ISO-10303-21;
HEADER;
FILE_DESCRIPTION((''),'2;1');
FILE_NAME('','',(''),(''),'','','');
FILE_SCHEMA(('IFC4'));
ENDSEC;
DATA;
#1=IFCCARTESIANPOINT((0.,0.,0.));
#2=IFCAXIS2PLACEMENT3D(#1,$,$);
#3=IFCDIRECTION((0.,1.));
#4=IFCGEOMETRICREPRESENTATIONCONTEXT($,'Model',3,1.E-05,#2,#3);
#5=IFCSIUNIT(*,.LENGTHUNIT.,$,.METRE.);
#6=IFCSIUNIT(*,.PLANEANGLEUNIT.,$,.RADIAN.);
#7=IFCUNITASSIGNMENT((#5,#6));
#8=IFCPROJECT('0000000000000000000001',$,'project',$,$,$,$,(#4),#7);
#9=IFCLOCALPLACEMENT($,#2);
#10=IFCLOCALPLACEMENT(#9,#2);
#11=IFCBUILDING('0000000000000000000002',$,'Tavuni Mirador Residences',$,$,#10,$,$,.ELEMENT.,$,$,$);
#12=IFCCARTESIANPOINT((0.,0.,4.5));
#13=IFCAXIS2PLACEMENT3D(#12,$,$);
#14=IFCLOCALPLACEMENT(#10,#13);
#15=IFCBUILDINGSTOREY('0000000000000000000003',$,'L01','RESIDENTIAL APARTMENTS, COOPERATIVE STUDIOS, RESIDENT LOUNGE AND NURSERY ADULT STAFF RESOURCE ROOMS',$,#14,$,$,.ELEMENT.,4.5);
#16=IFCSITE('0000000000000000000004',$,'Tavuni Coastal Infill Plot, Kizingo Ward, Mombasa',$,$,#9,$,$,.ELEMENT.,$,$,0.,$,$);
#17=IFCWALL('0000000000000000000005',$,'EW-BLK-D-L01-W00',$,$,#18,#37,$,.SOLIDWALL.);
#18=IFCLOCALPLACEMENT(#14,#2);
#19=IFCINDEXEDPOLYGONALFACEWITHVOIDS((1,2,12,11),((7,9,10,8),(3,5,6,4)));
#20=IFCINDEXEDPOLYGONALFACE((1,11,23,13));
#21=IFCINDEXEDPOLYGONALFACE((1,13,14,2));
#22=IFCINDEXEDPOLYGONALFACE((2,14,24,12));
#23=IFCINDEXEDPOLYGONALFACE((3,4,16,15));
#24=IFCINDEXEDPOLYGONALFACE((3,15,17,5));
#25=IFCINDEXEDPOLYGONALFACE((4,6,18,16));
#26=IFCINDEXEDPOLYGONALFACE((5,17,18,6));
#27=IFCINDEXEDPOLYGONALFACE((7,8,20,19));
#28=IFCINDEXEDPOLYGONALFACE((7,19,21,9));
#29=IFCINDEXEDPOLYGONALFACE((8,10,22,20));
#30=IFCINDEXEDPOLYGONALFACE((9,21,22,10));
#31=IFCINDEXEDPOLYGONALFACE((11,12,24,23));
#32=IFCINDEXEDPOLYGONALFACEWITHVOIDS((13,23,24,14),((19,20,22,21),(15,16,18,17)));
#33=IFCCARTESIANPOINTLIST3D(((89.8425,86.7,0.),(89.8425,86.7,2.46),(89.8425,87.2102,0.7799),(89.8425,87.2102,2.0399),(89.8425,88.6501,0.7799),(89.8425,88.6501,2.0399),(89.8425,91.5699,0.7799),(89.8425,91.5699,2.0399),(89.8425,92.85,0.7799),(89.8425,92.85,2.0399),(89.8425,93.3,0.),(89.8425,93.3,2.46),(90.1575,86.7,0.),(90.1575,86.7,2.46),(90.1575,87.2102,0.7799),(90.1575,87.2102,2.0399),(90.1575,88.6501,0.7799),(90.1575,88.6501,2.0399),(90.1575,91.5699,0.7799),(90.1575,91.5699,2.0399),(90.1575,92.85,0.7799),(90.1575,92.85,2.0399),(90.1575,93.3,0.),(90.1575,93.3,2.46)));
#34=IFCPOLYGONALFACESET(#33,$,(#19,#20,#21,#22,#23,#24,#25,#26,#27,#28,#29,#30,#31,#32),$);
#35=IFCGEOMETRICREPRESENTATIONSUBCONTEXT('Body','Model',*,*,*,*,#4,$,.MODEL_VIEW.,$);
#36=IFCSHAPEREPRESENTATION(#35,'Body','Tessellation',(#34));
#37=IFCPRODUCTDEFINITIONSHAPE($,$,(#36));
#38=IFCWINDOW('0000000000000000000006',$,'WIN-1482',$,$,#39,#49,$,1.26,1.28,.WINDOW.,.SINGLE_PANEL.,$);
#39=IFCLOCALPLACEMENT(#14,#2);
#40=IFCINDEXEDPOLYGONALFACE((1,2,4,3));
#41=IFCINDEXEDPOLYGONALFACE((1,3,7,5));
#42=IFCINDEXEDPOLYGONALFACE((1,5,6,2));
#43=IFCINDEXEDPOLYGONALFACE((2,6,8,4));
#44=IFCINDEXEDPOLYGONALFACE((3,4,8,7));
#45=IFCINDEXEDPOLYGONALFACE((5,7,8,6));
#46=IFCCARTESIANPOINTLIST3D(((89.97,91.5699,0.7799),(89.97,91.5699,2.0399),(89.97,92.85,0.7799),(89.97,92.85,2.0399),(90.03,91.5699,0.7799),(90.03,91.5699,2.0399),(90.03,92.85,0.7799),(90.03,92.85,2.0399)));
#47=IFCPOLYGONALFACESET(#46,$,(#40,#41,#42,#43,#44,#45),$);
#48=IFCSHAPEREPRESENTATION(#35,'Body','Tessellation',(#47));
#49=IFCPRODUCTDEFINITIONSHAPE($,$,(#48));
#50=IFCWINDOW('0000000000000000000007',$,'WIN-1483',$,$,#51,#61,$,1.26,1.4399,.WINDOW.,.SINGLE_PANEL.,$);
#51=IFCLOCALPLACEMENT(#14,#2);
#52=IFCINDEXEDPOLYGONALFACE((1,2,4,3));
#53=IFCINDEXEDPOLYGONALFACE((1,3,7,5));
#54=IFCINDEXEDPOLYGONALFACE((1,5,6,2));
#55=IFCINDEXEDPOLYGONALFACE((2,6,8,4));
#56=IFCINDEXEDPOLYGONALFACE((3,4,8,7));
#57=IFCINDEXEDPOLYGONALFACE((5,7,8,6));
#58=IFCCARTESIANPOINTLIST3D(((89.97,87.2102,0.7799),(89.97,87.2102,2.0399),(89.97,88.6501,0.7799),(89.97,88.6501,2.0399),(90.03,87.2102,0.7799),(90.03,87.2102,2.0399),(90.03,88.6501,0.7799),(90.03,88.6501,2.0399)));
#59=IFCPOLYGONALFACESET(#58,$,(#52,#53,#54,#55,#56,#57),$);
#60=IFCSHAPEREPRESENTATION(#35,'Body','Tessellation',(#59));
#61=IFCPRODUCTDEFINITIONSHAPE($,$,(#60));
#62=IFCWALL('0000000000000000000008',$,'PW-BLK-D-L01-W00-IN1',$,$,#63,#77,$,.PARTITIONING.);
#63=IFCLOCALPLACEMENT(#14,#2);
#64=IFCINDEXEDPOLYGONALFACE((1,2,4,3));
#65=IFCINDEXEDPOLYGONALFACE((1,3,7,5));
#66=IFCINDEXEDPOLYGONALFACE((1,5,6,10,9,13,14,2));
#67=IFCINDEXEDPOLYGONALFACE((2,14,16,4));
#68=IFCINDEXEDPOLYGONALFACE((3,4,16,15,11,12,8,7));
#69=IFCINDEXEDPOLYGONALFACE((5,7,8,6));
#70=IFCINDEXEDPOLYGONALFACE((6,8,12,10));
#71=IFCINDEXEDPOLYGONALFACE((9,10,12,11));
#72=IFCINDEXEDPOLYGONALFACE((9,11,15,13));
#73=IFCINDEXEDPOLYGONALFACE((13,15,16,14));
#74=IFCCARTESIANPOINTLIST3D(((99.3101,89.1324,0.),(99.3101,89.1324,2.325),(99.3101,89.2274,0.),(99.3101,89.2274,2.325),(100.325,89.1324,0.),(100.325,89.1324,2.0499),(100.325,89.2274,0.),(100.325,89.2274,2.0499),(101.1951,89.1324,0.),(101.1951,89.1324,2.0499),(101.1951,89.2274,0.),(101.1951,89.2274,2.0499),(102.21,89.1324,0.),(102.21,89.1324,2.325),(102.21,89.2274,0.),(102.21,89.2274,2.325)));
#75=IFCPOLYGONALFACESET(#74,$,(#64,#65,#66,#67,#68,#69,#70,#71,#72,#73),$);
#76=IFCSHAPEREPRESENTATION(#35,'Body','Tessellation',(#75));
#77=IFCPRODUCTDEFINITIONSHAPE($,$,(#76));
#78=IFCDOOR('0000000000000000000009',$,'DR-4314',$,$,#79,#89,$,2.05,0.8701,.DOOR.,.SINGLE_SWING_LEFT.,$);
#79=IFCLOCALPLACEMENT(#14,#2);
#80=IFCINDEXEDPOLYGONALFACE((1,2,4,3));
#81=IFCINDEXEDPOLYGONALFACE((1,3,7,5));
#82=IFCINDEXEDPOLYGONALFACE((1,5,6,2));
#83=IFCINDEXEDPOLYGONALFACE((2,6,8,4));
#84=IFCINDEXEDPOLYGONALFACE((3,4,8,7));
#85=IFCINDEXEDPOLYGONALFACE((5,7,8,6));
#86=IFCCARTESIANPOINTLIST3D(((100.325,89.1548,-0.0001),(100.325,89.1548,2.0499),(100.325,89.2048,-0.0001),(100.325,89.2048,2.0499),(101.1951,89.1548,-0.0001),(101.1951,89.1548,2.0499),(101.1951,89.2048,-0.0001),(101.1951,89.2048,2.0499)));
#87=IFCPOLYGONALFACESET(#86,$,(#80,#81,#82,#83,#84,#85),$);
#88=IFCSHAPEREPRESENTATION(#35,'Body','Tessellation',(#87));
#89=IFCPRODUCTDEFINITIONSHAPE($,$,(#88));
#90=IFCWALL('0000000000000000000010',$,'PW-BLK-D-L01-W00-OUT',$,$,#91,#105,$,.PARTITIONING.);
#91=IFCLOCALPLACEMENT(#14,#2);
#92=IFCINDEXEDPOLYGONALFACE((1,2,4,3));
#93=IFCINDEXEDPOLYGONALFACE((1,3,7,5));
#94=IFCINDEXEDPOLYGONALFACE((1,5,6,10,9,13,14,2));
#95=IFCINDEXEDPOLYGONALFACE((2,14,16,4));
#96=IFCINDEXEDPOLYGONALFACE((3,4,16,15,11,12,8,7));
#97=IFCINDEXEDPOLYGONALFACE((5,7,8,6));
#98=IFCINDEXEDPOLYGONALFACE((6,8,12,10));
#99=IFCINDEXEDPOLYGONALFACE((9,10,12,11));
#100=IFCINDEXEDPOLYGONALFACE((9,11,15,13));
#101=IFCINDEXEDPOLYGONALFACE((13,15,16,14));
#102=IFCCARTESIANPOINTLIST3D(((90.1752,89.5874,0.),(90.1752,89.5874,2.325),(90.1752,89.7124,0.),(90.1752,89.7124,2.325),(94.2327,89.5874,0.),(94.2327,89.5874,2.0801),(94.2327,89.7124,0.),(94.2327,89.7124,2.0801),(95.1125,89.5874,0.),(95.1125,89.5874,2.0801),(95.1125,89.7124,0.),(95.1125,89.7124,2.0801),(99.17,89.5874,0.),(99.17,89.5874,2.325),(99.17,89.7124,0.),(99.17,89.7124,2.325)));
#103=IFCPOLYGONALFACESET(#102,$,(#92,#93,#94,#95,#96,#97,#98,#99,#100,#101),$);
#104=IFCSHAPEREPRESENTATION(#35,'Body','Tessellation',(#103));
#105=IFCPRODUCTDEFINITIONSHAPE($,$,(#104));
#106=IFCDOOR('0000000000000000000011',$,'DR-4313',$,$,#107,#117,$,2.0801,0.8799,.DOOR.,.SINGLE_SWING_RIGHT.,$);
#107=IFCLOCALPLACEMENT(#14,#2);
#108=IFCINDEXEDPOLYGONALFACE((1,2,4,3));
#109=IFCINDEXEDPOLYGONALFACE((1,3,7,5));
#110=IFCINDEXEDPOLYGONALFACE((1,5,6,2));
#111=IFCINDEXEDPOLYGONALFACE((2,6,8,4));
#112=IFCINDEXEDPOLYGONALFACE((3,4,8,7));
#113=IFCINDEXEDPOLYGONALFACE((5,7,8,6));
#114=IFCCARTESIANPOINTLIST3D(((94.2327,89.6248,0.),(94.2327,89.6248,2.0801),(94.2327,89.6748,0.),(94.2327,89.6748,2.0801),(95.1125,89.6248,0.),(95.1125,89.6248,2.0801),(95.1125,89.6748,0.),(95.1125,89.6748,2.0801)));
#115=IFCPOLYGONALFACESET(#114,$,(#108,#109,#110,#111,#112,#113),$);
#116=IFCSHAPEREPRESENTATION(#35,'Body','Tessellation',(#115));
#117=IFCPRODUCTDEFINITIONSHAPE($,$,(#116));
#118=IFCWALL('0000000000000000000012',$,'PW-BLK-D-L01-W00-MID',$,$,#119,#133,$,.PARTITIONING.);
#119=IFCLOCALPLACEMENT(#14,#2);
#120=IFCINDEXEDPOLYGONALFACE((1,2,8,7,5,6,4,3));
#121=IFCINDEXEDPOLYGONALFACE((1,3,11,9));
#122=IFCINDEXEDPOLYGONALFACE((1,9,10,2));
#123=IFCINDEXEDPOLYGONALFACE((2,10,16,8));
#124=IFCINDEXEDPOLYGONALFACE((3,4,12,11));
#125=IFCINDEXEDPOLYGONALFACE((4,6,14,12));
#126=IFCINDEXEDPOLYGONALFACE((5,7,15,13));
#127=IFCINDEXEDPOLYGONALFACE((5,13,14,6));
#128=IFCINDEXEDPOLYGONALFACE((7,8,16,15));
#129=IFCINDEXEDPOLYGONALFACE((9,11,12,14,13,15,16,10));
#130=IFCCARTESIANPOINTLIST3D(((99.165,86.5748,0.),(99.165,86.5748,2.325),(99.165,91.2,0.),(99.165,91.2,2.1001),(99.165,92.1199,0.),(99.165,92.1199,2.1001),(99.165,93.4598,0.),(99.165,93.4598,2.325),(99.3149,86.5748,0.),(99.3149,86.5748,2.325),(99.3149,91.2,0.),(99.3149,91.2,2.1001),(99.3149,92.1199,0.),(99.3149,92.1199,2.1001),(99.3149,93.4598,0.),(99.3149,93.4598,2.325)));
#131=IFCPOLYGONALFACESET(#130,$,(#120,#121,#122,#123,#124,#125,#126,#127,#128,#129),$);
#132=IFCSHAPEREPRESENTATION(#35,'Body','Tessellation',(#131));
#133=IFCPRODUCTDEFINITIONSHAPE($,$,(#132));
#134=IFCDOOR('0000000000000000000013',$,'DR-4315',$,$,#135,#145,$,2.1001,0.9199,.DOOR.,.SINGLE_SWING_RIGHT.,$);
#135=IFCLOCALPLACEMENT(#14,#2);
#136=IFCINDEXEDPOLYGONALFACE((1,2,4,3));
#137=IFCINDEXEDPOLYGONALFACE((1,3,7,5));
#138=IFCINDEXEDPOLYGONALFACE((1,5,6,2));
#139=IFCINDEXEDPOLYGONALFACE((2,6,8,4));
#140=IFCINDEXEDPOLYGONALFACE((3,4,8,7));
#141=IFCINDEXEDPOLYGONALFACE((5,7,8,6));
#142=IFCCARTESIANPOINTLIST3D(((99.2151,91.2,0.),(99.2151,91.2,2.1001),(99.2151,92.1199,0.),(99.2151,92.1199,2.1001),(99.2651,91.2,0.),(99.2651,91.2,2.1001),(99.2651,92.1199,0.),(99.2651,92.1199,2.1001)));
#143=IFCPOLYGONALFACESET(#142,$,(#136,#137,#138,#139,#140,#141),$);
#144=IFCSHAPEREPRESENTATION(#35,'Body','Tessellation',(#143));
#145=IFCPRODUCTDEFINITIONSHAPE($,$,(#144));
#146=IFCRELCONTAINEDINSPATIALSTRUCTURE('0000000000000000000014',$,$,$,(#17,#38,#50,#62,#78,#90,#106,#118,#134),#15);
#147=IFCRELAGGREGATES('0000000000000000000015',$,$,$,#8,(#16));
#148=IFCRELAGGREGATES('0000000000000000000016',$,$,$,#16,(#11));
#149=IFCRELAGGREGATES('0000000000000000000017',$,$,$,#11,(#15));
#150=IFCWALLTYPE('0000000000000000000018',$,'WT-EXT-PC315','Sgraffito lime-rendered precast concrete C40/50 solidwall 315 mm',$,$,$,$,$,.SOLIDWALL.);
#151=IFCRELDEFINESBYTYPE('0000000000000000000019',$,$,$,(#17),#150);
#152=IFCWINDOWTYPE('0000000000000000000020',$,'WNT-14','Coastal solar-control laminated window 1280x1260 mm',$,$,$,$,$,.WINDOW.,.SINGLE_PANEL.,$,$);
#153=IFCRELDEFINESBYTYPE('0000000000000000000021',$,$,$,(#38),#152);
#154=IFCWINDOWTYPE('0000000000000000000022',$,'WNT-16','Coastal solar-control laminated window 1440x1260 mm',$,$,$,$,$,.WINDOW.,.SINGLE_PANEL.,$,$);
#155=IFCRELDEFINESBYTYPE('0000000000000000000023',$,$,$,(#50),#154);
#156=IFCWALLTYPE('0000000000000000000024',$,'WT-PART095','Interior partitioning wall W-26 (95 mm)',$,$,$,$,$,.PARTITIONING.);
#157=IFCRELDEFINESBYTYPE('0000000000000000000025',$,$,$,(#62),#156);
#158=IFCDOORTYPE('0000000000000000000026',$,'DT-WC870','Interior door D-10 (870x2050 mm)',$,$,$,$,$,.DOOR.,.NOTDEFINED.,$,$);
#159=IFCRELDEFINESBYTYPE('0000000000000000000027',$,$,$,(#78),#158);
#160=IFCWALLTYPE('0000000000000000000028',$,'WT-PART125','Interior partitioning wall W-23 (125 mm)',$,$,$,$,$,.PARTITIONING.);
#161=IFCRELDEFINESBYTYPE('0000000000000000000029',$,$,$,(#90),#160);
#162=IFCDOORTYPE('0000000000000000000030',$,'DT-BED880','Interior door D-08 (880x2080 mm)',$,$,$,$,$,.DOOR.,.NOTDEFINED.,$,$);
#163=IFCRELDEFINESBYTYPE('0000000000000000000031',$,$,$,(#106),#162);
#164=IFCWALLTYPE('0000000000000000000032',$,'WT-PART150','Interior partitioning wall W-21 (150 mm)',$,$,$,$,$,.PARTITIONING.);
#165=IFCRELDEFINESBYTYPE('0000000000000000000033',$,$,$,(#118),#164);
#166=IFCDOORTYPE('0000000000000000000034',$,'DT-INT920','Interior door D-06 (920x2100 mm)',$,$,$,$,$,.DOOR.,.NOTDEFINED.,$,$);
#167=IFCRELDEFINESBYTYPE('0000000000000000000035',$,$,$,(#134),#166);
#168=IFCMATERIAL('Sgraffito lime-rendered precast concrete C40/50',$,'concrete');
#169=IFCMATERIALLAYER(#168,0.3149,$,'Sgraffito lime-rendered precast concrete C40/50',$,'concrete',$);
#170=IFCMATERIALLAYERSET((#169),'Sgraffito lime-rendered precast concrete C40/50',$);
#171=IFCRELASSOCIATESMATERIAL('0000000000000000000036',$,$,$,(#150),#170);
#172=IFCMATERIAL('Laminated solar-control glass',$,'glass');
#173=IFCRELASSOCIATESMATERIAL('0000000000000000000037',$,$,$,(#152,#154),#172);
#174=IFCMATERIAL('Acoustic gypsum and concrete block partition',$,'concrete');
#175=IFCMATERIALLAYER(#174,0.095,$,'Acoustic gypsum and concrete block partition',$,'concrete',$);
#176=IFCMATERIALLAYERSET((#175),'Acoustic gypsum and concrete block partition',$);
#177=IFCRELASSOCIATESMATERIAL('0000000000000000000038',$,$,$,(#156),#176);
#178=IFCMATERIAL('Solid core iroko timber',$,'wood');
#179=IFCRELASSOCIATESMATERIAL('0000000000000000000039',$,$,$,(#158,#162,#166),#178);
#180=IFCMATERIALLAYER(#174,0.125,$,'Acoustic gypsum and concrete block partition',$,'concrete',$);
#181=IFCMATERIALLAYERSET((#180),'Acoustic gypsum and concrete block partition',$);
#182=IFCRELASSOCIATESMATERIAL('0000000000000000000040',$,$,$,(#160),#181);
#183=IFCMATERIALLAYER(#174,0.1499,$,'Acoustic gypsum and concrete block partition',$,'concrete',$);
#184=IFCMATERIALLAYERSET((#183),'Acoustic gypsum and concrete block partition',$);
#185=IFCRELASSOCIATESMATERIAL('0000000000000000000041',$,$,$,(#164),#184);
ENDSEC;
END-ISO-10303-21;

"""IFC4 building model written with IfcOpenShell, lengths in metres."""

from ifc_helpers import new_model, si_unit, direction, frame, frame_2d, origin, place, context, subcontext, project, spatial, rectangle, extrude, material, layer, layer_set, type_object, element, fill, save


model = new_model("IFC4")

# Units and contexts
model_context = context("Model", 3, precision=1e-05, world=origin(), true_north=direction((0.0, 1.0)))
body_context = subcontext(model_context, "Body", "Model", "MODEL_VIEW")
ifc_project = project(units=[si_unit("LENGTHUNIT", "METRE"), si_unit("PLANEANGLEUNIT", "RADIAN")], contexts=[model_context])

# Site, building, storey
site_placement = place(None, origin())
site = spatial("IfcSite", under=ifc_project, at=site_placement, Name="Tavuni Coastal Infill Plot, Kizingo Ward, Mombasa", CompositionType="ELEMENT", RefElevation=0.0)
building_placement = place(site_placement, origin())
building = spatial("IfcBuilding", under=site, at=building_placement, Name="Tavuni Mirador Residences", CompositionType="ELEMENT")
storey_placement = place(building_placement, frame((0.0, 0.0, 4.5)))
storey = spatial("IfcBuildingStorey", under=building, at=storey_placement, Name="L01", Description="RESIDENTIAL APARTMENTS, COOPERATIVE STUDIOS, RESIDENT LOUNGE AND NURSERY ADULT STAFF RESOURCE ROOMS", CompositionType="ELEMENT", Elevation=4.5)

# Shared definitions
ifc_material_1 = material(Name="Solid core iroko timber", Category="wood")

# Wall, openings, windows
ifc_material_2 = material(Name="Sgraffito lime-rendered precast concrete C40/50", Category="concrete")
ifc_material_3 = material(Name="Laminated solar-control glass", Category="glass")
ifc_layer_1 = layer(ifc_material_2, 0.3149, Name="Sgraffito lime-rendered precast concrete C40/50", Category="concrete")
ifc_layer_set_1 = layer_set([ifc_layer_1], Name="Sgraffito lime-rendered precast concrete C40/50")
wall_type_1 = type_object("IfcWallType", Name="WT-EXT-PC315", Description="Sgraffito lime-rendered precast concrete C40/50 solidwall 315 mm", PredefinedType="SOLIDWALL", material=ifc_layer_set_1)
wall_1_placement = place(storey_placement, frame((90.0, 93.3, 0.0), z_axis=(0.0, 0.0, 1.0), x_axis=(0.0, -1.0, 0.0)))
wall_1 = element("IfcWall", 1, at=wall_1_placement, inside=storey, type_object=wall_type_1, Name="EW-BLK-D-L01-W00", PredefinedType="SOLIDWALL", context=body_context, shape_type="SweptSolid", body=[
    extrude(rectangle(XDim=6.6001, YDim=0.3149, at=frame_2d((3.3, 0.0))), origin(), (0.0, 0.0, 1.0), 2.46),
])
opening_1_placement = place(wall_1_placement, frame((0.45, 0.0, 0.78)))
opening_1 = element("IfcOpeningElement", 2, at=opening_1_placement, cuts=wall_1, PredefinedType="OPENING", context=body_context, shape_type="SweptSolid", body=[
    extrude(rectangle(XDim=1.28, YDim=1.26, at=frame_2d((0.6401, 0.6299))), frame((0.0, 0.1675, 0.0), z_axis=(0.0, -1.0, 0.0), x_axis=(1.0, 0.0, 0.0)), (0.0, 0.0, 1.0), 0.335),
])
opening_2_placement = place(wall_1_placement, frame((4.6499, 0.0, 0.78)))
opening_2 = element("IfcOpeningElement", 3, at=opening_2_placement, cuts=wall_1, PredefinedType="OPENING", context=body_context, shape_type="SweptSolid", body=[
    extrude(rectangle(XDim=1.4399, YDim=1.26, at=frame_2d((0.72, 0.6299))), frame((0.0, 0.1675, 0.0), z_axis=(0.0, -1.0, 0.0), x_axis=(1.0, 0.0, 0.0)), (0.0, 0.0, 1.0), 0.335),
])
window_type_1 = type_object("IfcWindowType", Name="WNT-14", Description="Coastal solar-control laminated window 1280x1260 mm", PartitioningType="SINGLE_PANEL", PredefinedType="WINDOW", material=ifc_material_3)
window_1_placement = place(opening_1_placement, origin())
window_1 = element("IfcWindow", 4, at=window_1_placement, inside=storey, type_object=window_type_1, Name="WIN-1482", OverallHeight=1.26, OverallWidth=1.28, PartitioningType="SINGLE_PANEL", PredefinedType="WINDOW", context=body_context, shape_type="SweptSolid", body=[
    extrude(rectangle(XDim=1.28, YDim=1.26, at=frame_2d((0.6401, 0.6299))), frame((0.0, 0.03, 0.0), z_axis=(0.0, -1.0, 0.0), x_axis=(1.0, 0.0, 0.0)), (0.0, 0.0, 1.0), 0.0601),
])
fill(opening_1, window_1)
window_type_2 = type_object("IfcWindowType", Name="WNT-16", Description="Coastal solar-control laminated window 1440x1260 mm", PartitioningType="SINGLE_PANEL", PredefinedType="WINDOW", material=ifc_material_3)
window_2_placement = place(opening_2_placement, origin())
window_2 = element("IfcWindow", 5, at=window_2_placement, inside=storey, type_object=window_type_2, Name="WIN-1483", OverallHeight=1.26, OverallWidth=1.4399, PartitioningType="SINGLE_PANEL", PredefinedType="WINDOW", context=body_context, shape_type="SweptSolid", body=[
    extrude(rectangle(XDim=1.4399, YDim=1.26, at=frame_2d((0.72, 0.6299))), frame((0.0, 0.03, 0.0), z_axis=(0.0, -1.0, 0.0), x_axis=(1.0, 0.0, 0.0)), (0.0, 0.0, 1.0), 0.0601),
])
fill(opening_2, window_2)

# Walls, openings, doors
ifc_material_4 = material(Name="Acoustic gypsum and concrete block partition", Category="concrete")
ifc_layer_2 = layer(ifc_material_4, 0.095, Name="Acoustic gypsum and concrete block partition", Category="concrete")
ifc_layer_set_2 = layer_set([ifc_layer_2], Name="Acoustic gypsum and concrete block partition")
wall_type_2 = type_object("IfcWallType", Name="WT-PART095", Description="Interior partitioning wall W-26 (95 mm)", PredefinedType="PARTITIONING", material=ifc_layer_set_2)
wall_2_placement = place(storey_placement, frame((99.3101, 89.1799, 0.0), z_axis=(0.0, 0.0, 1.0), x_axis=(1.0, 0.0, 0.0)))
wall_2 = element("IfcWall", 6, at=wall_2_placement, inside=storey, type_object=wall_type_2, Name="PW-BLK-D-L01-W00-IN1", PredefinedType="PARTITIONING", context=body_context, shape_type="SweptSolid", body=[
    extrude(rectangle(XDim=2.8999, YDim=0.095, at=frame_2d((1.45, 0.0))), origin(), (0.0, 0.0, 1.0), 2.325),
])
opening_3_placement = place(wall_2_placement, frame((1.0149, 0.0, 0.0)))
opening_3 = element("IfcOpeningElement", 7, at=opening_3_placement, cuts=wall_2, PredefinedType="OPENING", context=body_context, shape_type="SweptSolid", body=[
    extrude(rectangle(XDim=0.8701, YDim=2.05, at=frame_2d((0.4351, 1.0249))), frame((0.0, 0.0576, 0.0), z_axis=(0.0, -1.0, 0.0), x_axis=(1.0, 0.0, 0.0)), (0.0, 0.0, 1.0), 0.115),
])
door_type_1 = type_object("IfcDoorType", Name="DT-WC870", Description="Interior door D-10 (870x2050 mm)", OperationType="NOTDEFINED", PredefinedType="DOOR", material=ifc_material_1)
door_1_placement = place(opening_3_placement, origin())
door_1 = element("IfcDoor", 8, at=door_1_placement, inside=storey, type_object=door_type_1, Name="DR-4314", OperationType="SINGLE_SWING_LEFT", OverallHeight=2.05, OverallWidth=0.8701, PredefinedType="DOOR", context=body_context, shape_type="SweptSolid", body=[
    extrude(rectangle(XDim=0.8701, YDim=2.05, at=frame_2d((0.4351, 1.0249))), frame((0.0, 0.0249, 0.0), z_axis=(0.0, -1.0, 0.0), x_axis=(1.0, 0.0, 0.0)), (0.0, 0.0, 1.0), 0.05),
])
fill(opening_3, door_1)
ifc_layer_3 = layer(ifc_material_4, 0.125, Name="Acoustic gypsum and concrete block partition", Category="concrete")
ifc_layer_set_3 = layer_set([ifc_layer_3], Name="Acoustic gypsum and concrete block partition")
wall_type_3 = type_object("IfcWallType", Name="WT-PART125", Description="Interior partitioning wall W-23 (125 mm)", PredefinedType="PARTITIONING", material=ifc_layer_set_3)
wall_3_placement = place(storey_placement, frame((90.175, 89.6499, 0.0), z_axis=(0.0, 0.0, 1.0), x_axis=(1.0, 0.0, 0.0)))
wall_3 = element("IfcWall", 9, at=wall_3_placement, inside=storey, type_object=wall_type_3, Name="PW-BLK-D-L01-W00-OUT", PredefinedType="PARTITIONING", context=body_context, shape_type="SweptSolid", body=[
    extrude(rectangle(XDim=8.9949, YDim=0.125, at=frame_2d((4.4976, 0.0))), origin(), (0.0, 0.0, 1.0), 2.325),
])
opening_4_placement = place(wall_3_placement, frame((4.0576, 0.0, 0.0)))
opening_4 = element("IfcOpeningElement", 10, at=opening_4_placement, cuts=wall_3, PredefinedType="OPENING", context=body_context, shape_type="SweptSolid", body=[
    extrude(rectangle(XDim=0.8799, YDim=2.0801, at=frame_2d((0.4399, 1.04))), frame((0.0, 0.0725, 0.0), z_axis=(0.0, -1.0, 0.0), x_axis=(1.0, 0.0, 0.0)), (0.0, 0.0, 1.0), 0.145),
])
door_type_2 = type_object("IfcDoorType", Name="DT-BED880", Description="Interior door D-08 (880x2080 mm)", OperationType="NOTDEFINED", PredefinedType="DOOR", material=ifc_material_1)
door_2_placement = place(opening_4_placement, origin())
door_2 = element("IfcDoor", 11, at=door_2_placement, inside=storey, type_object=door_type_2, Name="DR-4313", OperationType="SINGLE_SWING_RIGHT", OverallHeight=2.0801, OverallWidth=0.8799, PredefinedType="DOOR", context=body_context, shape_type="SweptSolid", body=[
    extrude(rectangle(XDim=0.8799, YDim=2.0801, at=frame_2d((0.4399, 1.04))), frame((0.0, 0.0249, 0.0), z_axis=(0.0, -1.0, 0.0), x_axis=(1.0, 0.0, 0.0)), (0.0, 0.0, 1.0), 0.05),
])
fill(opening_4, door_2)
ifc_layer_4 = layer(ifc_material_4, 0.1499, Name="Acoustic gypsum and concrete block partition", Category="concrete")
ifc_layer_set_4 = layer_set([ifc_layer_4], Name="Acoustic gypsum and concrete block partition")
wall_type_4 = type_object("IfcWallType", Name="WT-PART150", Description="Interior partitioning wall W-21 (150 mm)", PredefinedType="PARTITIONING", material=ifc_layer_set_4)
wall_4_placement = place(storey_placement, frame((99.24, 86.575, 0.0), z_axis=(0.0, 0.0, 1.0), x_axis=(0.0, 1.0, 0.0)))
wall_4 = element("IfcWall", 12, at=wall_4_placement, inside=storey, type_object=wall_type_4, Name="PW-BLK-D-L01-W00-MID", PredefinedType="PARTITIONING", context=body_context, shape_type="SweptSolid", body=[
    extrude(rectangle(XDim=6.885, YDim=0.1499, at=frame_2d((3.4424, 0.0))), origin(), (0.0, 0.0, 1.0), 2.325),
])
opening_5_placement = place(wall_4_placement, frame((4.625, 0.0, 0.0)))
opening_5 = element("IfcOpeningElement", 13, at=opening_5_placement, cuts=wall_4, PredefinedType="OPENING", context=body_context, shape_type="SweptSolid", body=[
    extrude(rectangle(XDim=0.9199, YDim=2.1001, at=frame_2d((0.46, 1.05))), frame((0.0, 0.085, 0.0), z_axis=(0.0, -1.0, 0.0), x_axis=(1.0, 0.0, 0.0)), (0.0, 0.0, 1.0), 0.1699),
])
door_type_3 = type_object("IfcDoorType", Name="DT-INT920", Description="Interior door D-06 (920x2100 mm)", OperationType="NOTDEFINED", PredefinedType="DOOR", material=ifc_material_1)
door_3_placement = place(opening_5_placement, origin())
door_3 = element("IfcDoor", 14, at=door_3_placement, inside=storey, type_object=door_type_3, Name="DR-4315", OperationType="SINGLE_SWING_RIGHT", OverallHeight=2.1001, OverallWidth=0.9199, PredefinedType="DOOR", context=body_context, shape_type="SweptSolid", body=[
    extrude(rectangle(XDim=0.9199, YDim=2.1001, at=frame_2d((0.46, 1.05))), frame((0.0, 0.0249, 0.0), z_axis=(0.0, -1.0, 0.0), x_axis=(1.0, 0.0, 0.0)), (0.0, 0.0, 1.0), 0.05),
])
fill(opening_5, door_3)

save(model, "model.ifc")
